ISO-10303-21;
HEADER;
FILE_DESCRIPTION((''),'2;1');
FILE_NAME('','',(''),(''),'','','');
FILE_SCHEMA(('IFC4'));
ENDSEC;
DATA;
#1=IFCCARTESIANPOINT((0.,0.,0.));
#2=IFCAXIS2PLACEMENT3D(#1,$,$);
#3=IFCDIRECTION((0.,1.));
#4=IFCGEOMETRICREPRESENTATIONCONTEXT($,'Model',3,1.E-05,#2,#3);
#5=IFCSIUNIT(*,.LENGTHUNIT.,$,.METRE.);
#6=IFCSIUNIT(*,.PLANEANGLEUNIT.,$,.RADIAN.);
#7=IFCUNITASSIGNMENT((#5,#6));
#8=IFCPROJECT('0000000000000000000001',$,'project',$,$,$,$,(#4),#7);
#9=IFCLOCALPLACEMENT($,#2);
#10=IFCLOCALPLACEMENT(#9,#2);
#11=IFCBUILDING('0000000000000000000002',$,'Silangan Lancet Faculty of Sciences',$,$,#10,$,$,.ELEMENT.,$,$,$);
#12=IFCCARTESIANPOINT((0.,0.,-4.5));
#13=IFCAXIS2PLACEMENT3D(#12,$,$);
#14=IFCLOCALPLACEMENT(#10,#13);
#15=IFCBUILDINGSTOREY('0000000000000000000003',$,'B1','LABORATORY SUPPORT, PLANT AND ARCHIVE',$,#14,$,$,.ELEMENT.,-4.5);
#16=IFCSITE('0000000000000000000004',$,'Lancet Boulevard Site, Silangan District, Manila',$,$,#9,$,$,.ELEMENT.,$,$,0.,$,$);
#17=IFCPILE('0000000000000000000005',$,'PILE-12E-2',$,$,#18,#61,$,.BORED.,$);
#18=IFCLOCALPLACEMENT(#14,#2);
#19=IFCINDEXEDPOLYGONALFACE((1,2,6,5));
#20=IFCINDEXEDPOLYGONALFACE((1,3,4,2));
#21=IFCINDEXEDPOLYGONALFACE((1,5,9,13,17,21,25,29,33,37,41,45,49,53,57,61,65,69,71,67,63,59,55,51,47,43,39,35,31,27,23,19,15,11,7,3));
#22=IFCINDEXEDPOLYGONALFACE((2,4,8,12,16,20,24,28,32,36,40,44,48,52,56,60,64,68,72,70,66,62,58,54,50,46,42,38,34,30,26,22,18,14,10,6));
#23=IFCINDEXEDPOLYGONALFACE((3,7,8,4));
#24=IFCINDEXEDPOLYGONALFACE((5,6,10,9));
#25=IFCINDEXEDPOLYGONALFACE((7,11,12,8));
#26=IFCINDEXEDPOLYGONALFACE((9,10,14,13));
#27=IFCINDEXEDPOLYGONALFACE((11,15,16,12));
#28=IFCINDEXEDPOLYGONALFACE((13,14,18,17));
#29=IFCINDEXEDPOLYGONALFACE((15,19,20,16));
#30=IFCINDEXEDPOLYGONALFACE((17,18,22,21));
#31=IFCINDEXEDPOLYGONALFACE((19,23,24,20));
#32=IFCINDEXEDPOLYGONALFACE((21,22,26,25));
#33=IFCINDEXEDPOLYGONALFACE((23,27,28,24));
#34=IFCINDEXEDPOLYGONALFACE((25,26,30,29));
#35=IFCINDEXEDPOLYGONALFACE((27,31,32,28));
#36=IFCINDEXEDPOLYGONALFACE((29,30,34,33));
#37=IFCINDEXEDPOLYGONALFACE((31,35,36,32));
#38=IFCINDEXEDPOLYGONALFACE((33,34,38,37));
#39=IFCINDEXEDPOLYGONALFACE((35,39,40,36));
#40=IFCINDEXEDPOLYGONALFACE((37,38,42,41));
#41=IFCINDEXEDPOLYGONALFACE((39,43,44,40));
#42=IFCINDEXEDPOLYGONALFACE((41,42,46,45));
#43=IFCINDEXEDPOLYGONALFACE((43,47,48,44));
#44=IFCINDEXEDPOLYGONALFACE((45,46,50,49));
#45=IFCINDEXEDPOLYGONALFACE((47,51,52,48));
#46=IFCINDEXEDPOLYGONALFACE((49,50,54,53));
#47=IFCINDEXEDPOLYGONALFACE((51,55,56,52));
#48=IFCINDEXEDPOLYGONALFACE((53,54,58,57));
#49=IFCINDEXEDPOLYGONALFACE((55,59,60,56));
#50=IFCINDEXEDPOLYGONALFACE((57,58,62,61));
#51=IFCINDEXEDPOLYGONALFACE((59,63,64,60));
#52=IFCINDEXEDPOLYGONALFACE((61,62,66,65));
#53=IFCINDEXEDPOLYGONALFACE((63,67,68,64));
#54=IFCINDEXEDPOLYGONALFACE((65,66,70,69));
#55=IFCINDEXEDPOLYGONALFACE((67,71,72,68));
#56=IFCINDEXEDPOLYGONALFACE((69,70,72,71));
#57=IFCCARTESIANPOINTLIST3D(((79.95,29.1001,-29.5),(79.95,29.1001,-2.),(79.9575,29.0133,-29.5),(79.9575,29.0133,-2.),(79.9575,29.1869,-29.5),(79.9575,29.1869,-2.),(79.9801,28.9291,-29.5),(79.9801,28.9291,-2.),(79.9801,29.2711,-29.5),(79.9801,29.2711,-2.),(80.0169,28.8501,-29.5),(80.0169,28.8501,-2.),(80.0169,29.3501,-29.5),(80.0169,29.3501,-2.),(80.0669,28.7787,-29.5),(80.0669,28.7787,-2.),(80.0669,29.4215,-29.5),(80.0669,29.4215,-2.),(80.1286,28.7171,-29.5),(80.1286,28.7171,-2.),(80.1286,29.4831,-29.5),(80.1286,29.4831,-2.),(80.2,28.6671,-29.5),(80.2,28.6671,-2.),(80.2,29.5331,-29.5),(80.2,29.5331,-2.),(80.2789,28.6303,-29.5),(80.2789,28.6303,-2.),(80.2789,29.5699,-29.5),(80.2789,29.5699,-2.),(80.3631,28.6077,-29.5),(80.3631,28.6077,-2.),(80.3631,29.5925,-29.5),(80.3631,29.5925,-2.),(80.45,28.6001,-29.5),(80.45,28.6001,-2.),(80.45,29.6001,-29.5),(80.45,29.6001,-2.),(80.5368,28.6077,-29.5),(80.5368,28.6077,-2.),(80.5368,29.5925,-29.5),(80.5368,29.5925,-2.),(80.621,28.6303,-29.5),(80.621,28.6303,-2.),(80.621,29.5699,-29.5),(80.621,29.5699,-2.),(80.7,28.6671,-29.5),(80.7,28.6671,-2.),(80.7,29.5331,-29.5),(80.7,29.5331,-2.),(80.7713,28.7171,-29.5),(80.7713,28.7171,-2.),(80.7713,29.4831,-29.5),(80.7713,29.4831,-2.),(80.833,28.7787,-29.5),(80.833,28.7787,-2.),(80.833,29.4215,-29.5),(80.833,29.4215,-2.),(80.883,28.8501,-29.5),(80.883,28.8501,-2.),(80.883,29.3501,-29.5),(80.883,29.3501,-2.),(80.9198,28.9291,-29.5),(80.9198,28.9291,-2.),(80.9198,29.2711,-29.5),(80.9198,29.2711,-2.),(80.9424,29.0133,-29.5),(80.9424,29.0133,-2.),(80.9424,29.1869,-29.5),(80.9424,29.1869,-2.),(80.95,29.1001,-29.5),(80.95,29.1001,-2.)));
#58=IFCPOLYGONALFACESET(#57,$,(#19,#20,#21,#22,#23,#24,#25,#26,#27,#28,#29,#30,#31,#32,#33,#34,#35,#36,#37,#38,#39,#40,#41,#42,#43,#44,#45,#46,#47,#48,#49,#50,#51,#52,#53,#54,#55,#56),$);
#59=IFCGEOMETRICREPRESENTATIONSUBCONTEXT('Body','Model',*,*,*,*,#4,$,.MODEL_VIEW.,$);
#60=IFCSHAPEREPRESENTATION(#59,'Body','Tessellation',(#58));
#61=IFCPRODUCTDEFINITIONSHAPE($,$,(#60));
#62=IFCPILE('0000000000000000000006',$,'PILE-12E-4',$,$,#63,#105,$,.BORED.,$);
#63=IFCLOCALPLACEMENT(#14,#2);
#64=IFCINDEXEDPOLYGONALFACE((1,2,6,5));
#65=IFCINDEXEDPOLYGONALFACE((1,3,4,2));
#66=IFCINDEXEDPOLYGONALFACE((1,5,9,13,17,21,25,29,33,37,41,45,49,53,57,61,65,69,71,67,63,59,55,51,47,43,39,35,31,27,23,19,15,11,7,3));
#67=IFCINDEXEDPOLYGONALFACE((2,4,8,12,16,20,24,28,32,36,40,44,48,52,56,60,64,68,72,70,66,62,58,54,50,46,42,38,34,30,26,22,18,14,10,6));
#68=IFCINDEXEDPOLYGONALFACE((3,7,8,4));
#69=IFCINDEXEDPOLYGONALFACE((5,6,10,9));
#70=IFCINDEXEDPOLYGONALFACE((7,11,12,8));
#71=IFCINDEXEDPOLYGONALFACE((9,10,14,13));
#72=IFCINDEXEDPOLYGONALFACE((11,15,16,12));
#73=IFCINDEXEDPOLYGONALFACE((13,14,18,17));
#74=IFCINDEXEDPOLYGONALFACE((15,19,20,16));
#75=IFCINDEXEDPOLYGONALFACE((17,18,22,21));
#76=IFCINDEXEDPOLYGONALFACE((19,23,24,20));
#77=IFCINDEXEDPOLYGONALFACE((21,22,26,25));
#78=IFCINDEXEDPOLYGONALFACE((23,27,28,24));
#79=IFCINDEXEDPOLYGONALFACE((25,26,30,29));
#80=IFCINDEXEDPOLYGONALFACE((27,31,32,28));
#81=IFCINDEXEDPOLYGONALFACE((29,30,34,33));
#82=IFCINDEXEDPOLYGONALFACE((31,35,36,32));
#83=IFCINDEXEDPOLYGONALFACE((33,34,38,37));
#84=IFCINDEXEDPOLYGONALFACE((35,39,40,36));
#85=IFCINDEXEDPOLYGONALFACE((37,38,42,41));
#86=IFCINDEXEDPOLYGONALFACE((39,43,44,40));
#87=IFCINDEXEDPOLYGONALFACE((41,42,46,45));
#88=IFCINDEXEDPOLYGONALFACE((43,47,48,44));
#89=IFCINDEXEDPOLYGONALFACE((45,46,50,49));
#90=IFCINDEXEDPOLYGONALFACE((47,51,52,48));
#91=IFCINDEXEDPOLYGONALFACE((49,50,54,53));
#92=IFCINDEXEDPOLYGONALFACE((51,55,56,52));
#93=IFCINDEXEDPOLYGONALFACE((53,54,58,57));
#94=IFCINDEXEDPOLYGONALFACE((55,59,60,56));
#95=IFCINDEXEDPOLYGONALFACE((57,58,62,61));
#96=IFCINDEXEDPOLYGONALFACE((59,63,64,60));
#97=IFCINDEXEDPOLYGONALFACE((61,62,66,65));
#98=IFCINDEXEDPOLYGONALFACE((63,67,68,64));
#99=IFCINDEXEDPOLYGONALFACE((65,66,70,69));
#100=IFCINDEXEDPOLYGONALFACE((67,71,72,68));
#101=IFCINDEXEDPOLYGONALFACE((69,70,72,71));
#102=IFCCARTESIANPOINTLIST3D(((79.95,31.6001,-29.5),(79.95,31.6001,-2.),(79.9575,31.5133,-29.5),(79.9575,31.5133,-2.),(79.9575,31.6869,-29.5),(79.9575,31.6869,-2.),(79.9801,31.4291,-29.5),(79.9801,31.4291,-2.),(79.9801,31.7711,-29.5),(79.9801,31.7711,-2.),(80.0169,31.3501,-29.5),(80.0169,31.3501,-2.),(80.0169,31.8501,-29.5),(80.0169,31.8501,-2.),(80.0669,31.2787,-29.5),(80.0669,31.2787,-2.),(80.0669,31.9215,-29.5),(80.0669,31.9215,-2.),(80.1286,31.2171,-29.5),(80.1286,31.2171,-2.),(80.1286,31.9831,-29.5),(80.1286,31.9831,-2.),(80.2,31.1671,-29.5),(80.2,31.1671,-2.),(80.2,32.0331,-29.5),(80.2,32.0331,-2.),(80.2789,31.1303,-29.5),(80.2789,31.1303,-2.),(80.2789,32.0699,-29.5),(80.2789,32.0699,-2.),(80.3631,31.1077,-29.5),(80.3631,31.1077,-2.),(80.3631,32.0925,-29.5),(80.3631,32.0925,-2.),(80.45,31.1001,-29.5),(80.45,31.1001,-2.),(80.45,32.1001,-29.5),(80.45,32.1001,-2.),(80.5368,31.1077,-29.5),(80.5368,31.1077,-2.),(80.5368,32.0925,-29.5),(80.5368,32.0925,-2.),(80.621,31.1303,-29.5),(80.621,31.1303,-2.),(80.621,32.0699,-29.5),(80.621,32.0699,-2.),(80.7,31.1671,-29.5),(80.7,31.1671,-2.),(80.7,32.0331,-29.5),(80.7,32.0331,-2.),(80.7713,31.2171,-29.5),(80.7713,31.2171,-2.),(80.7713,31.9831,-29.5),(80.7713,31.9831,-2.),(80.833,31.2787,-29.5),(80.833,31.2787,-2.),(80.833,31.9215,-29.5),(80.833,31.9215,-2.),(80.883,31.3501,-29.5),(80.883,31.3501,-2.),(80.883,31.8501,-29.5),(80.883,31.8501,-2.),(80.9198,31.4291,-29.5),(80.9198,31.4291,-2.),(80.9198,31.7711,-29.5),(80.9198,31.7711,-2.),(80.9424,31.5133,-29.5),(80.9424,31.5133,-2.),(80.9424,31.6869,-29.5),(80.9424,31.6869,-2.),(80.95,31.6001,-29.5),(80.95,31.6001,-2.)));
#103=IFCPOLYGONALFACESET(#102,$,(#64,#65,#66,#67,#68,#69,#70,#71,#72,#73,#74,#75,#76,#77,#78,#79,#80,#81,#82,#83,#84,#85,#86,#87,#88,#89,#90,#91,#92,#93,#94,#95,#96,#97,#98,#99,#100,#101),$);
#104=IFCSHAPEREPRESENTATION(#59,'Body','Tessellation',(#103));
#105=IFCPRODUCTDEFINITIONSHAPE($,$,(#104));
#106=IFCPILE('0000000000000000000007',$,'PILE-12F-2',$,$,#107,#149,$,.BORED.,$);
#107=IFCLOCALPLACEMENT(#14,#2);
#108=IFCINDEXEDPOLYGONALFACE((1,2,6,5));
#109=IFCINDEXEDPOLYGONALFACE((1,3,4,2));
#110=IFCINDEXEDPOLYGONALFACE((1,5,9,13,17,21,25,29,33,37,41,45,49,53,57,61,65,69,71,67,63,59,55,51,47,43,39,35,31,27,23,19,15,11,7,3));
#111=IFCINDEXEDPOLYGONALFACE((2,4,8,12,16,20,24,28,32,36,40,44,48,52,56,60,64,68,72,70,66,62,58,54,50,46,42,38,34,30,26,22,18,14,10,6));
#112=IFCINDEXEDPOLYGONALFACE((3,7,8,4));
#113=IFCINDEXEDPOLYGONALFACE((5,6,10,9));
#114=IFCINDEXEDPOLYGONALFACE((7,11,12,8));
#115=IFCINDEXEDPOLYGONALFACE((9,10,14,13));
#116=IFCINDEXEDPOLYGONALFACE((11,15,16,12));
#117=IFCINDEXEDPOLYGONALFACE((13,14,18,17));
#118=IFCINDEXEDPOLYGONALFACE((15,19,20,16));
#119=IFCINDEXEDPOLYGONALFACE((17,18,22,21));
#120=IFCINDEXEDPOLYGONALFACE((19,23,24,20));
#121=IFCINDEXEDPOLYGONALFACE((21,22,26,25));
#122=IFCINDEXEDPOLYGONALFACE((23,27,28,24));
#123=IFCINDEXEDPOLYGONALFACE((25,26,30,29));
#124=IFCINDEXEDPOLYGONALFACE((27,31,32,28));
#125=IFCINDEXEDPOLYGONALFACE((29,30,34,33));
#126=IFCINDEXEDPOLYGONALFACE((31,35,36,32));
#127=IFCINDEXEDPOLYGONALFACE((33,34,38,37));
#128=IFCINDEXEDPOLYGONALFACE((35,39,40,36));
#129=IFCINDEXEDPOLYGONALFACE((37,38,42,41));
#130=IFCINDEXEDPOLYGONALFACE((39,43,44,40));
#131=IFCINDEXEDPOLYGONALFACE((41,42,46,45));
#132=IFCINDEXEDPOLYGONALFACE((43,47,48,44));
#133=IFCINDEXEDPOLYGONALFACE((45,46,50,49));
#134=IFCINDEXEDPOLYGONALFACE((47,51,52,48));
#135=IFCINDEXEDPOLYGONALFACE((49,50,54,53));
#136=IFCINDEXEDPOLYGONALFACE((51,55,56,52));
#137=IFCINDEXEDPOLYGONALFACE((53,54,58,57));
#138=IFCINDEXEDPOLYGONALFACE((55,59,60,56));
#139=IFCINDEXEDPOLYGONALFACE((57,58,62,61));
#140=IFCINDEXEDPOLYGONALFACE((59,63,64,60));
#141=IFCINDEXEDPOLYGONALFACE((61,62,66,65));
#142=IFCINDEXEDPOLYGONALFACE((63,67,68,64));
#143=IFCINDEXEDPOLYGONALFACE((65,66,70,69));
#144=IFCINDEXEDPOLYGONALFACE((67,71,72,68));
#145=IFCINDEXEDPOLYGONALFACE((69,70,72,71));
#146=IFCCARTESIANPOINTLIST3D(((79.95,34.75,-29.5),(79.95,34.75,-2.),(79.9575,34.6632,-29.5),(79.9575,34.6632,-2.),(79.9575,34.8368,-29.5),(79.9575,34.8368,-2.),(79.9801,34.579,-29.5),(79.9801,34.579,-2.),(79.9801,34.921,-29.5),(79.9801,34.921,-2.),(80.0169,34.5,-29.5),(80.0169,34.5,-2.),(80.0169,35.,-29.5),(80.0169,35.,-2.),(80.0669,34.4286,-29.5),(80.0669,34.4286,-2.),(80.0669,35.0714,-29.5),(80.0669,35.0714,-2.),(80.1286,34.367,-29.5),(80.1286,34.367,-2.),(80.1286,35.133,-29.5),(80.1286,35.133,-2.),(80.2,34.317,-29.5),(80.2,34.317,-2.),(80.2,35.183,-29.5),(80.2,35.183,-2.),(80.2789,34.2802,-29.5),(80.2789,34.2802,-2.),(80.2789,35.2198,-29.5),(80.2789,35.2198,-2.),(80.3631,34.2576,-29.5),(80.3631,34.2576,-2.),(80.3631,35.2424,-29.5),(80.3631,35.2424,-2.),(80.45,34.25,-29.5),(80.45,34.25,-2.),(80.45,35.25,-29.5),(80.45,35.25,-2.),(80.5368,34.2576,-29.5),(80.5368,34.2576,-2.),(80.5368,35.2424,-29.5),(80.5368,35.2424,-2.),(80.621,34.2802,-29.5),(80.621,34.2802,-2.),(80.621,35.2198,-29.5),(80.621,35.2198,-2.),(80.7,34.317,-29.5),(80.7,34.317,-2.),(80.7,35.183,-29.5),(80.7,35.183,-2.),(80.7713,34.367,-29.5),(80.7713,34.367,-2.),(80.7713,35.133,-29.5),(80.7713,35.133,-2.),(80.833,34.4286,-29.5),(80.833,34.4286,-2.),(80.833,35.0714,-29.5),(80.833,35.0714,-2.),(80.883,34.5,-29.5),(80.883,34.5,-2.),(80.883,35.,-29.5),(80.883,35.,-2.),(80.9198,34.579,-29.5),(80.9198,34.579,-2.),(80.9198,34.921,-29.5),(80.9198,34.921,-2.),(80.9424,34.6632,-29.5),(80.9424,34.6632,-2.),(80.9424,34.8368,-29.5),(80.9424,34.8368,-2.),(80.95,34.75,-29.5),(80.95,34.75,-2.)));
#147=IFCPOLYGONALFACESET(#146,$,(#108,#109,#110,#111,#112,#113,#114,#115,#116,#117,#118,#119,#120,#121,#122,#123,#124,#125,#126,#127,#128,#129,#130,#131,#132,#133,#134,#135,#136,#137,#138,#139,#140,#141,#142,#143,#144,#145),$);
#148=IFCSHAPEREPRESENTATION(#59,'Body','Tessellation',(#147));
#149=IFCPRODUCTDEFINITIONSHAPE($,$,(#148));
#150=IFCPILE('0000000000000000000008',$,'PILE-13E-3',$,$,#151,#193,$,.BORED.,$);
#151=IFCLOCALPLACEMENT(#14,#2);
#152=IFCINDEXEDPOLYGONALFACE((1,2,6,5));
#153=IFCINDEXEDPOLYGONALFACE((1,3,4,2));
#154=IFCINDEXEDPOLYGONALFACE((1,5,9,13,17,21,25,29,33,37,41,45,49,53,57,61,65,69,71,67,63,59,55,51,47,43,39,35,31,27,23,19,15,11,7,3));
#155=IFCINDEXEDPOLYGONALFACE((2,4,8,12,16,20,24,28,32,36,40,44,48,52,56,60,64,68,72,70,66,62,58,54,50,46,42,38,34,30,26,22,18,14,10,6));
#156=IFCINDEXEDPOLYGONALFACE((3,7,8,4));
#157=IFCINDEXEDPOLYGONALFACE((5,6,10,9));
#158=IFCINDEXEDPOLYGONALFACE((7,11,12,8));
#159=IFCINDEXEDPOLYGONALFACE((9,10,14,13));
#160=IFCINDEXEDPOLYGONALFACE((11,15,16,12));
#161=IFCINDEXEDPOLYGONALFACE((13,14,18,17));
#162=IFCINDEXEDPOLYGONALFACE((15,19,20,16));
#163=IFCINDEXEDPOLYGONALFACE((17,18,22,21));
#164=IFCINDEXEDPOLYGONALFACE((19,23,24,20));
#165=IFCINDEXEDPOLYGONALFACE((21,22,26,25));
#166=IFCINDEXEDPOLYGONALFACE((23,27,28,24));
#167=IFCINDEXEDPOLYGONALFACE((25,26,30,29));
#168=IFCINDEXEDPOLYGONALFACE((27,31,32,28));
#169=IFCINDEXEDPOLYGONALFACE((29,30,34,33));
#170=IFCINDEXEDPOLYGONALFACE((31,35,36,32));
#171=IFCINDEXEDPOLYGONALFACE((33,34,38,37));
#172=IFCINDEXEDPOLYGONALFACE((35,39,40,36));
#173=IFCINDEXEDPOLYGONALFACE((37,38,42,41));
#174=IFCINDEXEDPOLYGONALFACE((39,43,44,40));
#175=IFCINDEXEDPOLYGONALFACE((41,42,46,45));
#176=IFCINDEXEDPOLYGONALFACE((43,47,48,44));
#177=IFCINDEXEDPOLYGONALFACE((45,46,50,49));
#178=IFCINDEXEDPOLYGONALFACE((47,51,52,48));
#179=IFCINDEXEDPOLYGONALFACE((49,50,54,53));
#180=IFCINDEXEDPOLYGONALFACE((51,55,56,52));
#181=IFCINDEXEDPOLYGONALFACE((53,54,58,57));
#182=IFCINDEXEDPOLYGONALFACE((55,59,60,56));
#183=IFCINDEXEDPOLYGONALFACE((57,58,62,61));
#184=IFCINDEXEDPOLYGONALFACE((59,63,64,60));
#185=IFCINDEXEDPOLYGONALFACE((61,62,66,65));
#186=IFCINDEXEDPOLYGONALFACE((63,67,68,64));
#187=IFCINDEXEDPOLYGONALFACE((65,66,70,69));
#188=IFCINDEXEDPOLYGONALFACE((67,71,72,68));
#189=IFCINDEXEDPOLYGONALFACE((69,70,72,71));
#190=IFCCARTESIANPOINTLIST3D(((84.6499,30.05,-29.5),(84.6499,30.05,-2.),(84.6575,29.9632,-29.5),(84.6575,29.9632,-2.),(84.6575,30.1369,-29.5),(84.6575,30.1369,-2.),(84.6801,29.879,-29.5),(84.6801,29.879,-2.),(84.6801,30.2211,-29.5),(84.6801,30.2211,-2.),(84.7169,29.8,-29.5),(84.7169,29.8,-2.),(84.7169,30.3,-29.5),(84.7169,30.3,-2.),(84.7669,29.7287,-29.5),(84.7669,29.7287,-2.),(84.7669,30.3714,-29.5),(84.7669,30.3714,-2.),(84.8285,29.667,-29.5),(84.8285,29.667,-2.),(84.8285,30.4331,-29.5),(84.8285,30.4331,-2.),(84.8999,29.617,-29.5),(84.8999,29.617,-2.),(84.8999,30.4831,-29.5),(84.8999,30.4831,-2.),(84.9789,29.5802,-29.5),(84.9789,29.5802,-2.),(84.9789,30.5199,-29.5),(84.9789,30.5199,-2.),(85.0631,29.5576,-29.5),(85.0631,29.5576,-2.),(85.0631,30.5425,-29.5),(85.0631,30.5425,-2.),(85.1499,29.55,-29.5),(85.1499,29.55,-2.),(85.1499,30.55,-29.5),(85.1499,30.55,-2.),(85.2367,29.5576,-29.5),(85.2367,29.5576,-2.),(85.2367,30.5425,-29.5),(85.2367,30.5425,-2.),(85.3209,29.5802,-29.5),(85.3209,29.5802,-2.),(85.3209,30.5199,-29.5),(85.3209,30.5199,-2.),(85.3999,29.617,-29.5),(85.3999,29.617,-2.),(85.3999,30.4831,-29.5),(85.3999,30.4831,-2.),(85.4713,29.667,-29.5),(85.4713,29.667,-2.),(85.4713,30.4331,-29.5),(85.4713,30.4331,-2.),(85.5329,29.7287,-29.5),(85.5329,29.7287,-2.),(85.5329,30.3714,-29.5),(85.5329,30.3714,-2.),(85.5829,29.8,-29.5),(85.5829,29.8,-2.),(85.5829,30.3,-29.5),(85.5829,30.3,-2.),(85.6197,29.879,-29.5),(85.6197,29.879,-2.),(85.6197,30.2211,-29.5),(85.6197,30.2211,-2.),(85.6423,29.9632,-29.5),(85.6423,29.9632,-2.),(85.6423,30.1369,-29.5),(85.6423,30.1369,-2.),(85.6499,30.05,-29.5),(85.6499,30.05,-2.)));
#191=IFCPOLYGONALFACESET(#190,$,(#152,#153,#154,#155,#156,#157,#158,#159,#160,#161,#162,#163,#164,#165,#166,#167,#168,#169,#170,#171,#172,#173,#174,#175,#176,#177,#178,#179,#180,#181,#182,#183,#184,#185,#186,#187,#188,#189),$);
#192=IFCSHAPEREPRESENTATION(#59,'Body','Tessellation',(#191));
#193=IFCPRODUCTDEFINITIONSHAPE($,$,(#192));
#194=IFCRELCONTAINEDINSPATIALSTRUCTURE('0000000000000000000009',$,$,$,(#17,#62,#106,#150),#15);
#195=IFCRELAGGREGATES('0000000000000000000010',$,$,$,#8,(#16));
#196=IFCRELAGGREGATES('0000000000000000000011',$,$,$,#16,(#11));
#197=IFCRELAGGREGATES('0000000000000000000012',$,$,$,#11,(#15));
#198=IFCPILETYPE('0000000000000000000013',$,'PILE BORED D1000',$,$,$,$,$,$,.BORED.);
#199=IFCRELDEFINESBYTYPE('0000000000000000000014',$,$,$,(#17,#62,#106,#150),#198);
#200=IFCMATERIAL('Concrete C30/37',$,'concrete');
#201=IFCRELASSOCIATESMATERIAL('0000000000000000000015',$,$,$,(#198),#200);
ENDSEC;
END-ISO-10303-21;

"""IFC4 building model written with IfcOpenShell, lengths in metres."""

from ifc_helpers import new_model, si_unit, direction, frame, origin, origin_2d, place, context, subcontext, project, spatial, circle, extrude, material, material_profile, profile_set, type_object, element, save


model = new_model("IFC4")

# Units and contexts
model_context = context("Model", 3, precision=1e-05, world=origin(), true_north=direction((0.0, 1.0)))
body_context = subcontext(model_context, "Body", "Model", "MODEL_VIEW")
ifc_project = project(units=[si_unit("LENGTHUNIT", "METRE"), si_unit("PLANEANGLEUNIT", "RADIAN")], contexts=[model_context])

# Site, building, storey
site_placement = place(None, origin())
site = spatial("IfcSite", under=ifc_project, at=site_placement, Name="Lancet Boulevard Site, Silangan District, Manila", CompositionType="ELEMENT", RefElevation=0.0)
building_placement = place(site_placement, origin())
building = spatial("IfcBuilding", under=site, at=building_placement, Name="Silangan Lancet Faculty of Sciences", CompositionType="ELEMENT")
storey_placement = place(building_placement, frame((0.0, 0.0, -4.5)))
storey = spatial("IfcBuildingStorey", under=building, at=storey_placement, Name="B1", Description="LABORATORY SUPPORT, PLANT AND ARCHIVE", CompositionType="ELEMENT", Elevation=-4.5)

# Piles
ifc_material_1 = material(Name="Concrete C30/37", Category="concrete")
ifc_material_profile_1 = material_profile(ifc_material_1, circle(Radius=0.5, at=origin_2d()), Name="BORED PILE D1000")
ifc_profile_set_1 = profile_set([ifc_material_profile_1], Name="Concrete C30/37")
pile_type = type_object("IfcPileType", Name="PILE BORED D1000", PredefinedType="BORED", material=ifc_profile_set_1)
for number, where, z_axis, x_axis, name in (
    (1, (80.45, 29.1001, -2.0), (0.0, 0.0, -1.0), (1.0, 0.0, 0.0), "PILE-12E-2"),
    (2, (80.45, 31.6001, -2.0), (0.0, 0.0, -1.0), (1.0, 0.0, 0.0), "PILE-12E-4"),
    (3, (80.45, 34.75, -2.0), (0.0, 0.0, -1.0), (1.0, 0.0, 0.0), "PILE-12F-2"),
    (4, (85.1499, 30.05, -2.0), (0.0, 0.0, -1.0), (1.0, 0.0, 0.0), "PILE-13E-3"),
):
    element("IfcPile", number, at=place(storey_placement, frame(where, z_axis=z_axis, x_axis=x_axis)), inside=storey, type_object=pile_type, Name=name, PredefinedType="BORED", context=body_context, shape_type="SweptSolid", body=[
        extrude(circle(Radius=0.5, at=origin_2d()), origin(), (0.0, 0.0, 1.0), 27.5),
    ])

save(model, "model.ifc")
